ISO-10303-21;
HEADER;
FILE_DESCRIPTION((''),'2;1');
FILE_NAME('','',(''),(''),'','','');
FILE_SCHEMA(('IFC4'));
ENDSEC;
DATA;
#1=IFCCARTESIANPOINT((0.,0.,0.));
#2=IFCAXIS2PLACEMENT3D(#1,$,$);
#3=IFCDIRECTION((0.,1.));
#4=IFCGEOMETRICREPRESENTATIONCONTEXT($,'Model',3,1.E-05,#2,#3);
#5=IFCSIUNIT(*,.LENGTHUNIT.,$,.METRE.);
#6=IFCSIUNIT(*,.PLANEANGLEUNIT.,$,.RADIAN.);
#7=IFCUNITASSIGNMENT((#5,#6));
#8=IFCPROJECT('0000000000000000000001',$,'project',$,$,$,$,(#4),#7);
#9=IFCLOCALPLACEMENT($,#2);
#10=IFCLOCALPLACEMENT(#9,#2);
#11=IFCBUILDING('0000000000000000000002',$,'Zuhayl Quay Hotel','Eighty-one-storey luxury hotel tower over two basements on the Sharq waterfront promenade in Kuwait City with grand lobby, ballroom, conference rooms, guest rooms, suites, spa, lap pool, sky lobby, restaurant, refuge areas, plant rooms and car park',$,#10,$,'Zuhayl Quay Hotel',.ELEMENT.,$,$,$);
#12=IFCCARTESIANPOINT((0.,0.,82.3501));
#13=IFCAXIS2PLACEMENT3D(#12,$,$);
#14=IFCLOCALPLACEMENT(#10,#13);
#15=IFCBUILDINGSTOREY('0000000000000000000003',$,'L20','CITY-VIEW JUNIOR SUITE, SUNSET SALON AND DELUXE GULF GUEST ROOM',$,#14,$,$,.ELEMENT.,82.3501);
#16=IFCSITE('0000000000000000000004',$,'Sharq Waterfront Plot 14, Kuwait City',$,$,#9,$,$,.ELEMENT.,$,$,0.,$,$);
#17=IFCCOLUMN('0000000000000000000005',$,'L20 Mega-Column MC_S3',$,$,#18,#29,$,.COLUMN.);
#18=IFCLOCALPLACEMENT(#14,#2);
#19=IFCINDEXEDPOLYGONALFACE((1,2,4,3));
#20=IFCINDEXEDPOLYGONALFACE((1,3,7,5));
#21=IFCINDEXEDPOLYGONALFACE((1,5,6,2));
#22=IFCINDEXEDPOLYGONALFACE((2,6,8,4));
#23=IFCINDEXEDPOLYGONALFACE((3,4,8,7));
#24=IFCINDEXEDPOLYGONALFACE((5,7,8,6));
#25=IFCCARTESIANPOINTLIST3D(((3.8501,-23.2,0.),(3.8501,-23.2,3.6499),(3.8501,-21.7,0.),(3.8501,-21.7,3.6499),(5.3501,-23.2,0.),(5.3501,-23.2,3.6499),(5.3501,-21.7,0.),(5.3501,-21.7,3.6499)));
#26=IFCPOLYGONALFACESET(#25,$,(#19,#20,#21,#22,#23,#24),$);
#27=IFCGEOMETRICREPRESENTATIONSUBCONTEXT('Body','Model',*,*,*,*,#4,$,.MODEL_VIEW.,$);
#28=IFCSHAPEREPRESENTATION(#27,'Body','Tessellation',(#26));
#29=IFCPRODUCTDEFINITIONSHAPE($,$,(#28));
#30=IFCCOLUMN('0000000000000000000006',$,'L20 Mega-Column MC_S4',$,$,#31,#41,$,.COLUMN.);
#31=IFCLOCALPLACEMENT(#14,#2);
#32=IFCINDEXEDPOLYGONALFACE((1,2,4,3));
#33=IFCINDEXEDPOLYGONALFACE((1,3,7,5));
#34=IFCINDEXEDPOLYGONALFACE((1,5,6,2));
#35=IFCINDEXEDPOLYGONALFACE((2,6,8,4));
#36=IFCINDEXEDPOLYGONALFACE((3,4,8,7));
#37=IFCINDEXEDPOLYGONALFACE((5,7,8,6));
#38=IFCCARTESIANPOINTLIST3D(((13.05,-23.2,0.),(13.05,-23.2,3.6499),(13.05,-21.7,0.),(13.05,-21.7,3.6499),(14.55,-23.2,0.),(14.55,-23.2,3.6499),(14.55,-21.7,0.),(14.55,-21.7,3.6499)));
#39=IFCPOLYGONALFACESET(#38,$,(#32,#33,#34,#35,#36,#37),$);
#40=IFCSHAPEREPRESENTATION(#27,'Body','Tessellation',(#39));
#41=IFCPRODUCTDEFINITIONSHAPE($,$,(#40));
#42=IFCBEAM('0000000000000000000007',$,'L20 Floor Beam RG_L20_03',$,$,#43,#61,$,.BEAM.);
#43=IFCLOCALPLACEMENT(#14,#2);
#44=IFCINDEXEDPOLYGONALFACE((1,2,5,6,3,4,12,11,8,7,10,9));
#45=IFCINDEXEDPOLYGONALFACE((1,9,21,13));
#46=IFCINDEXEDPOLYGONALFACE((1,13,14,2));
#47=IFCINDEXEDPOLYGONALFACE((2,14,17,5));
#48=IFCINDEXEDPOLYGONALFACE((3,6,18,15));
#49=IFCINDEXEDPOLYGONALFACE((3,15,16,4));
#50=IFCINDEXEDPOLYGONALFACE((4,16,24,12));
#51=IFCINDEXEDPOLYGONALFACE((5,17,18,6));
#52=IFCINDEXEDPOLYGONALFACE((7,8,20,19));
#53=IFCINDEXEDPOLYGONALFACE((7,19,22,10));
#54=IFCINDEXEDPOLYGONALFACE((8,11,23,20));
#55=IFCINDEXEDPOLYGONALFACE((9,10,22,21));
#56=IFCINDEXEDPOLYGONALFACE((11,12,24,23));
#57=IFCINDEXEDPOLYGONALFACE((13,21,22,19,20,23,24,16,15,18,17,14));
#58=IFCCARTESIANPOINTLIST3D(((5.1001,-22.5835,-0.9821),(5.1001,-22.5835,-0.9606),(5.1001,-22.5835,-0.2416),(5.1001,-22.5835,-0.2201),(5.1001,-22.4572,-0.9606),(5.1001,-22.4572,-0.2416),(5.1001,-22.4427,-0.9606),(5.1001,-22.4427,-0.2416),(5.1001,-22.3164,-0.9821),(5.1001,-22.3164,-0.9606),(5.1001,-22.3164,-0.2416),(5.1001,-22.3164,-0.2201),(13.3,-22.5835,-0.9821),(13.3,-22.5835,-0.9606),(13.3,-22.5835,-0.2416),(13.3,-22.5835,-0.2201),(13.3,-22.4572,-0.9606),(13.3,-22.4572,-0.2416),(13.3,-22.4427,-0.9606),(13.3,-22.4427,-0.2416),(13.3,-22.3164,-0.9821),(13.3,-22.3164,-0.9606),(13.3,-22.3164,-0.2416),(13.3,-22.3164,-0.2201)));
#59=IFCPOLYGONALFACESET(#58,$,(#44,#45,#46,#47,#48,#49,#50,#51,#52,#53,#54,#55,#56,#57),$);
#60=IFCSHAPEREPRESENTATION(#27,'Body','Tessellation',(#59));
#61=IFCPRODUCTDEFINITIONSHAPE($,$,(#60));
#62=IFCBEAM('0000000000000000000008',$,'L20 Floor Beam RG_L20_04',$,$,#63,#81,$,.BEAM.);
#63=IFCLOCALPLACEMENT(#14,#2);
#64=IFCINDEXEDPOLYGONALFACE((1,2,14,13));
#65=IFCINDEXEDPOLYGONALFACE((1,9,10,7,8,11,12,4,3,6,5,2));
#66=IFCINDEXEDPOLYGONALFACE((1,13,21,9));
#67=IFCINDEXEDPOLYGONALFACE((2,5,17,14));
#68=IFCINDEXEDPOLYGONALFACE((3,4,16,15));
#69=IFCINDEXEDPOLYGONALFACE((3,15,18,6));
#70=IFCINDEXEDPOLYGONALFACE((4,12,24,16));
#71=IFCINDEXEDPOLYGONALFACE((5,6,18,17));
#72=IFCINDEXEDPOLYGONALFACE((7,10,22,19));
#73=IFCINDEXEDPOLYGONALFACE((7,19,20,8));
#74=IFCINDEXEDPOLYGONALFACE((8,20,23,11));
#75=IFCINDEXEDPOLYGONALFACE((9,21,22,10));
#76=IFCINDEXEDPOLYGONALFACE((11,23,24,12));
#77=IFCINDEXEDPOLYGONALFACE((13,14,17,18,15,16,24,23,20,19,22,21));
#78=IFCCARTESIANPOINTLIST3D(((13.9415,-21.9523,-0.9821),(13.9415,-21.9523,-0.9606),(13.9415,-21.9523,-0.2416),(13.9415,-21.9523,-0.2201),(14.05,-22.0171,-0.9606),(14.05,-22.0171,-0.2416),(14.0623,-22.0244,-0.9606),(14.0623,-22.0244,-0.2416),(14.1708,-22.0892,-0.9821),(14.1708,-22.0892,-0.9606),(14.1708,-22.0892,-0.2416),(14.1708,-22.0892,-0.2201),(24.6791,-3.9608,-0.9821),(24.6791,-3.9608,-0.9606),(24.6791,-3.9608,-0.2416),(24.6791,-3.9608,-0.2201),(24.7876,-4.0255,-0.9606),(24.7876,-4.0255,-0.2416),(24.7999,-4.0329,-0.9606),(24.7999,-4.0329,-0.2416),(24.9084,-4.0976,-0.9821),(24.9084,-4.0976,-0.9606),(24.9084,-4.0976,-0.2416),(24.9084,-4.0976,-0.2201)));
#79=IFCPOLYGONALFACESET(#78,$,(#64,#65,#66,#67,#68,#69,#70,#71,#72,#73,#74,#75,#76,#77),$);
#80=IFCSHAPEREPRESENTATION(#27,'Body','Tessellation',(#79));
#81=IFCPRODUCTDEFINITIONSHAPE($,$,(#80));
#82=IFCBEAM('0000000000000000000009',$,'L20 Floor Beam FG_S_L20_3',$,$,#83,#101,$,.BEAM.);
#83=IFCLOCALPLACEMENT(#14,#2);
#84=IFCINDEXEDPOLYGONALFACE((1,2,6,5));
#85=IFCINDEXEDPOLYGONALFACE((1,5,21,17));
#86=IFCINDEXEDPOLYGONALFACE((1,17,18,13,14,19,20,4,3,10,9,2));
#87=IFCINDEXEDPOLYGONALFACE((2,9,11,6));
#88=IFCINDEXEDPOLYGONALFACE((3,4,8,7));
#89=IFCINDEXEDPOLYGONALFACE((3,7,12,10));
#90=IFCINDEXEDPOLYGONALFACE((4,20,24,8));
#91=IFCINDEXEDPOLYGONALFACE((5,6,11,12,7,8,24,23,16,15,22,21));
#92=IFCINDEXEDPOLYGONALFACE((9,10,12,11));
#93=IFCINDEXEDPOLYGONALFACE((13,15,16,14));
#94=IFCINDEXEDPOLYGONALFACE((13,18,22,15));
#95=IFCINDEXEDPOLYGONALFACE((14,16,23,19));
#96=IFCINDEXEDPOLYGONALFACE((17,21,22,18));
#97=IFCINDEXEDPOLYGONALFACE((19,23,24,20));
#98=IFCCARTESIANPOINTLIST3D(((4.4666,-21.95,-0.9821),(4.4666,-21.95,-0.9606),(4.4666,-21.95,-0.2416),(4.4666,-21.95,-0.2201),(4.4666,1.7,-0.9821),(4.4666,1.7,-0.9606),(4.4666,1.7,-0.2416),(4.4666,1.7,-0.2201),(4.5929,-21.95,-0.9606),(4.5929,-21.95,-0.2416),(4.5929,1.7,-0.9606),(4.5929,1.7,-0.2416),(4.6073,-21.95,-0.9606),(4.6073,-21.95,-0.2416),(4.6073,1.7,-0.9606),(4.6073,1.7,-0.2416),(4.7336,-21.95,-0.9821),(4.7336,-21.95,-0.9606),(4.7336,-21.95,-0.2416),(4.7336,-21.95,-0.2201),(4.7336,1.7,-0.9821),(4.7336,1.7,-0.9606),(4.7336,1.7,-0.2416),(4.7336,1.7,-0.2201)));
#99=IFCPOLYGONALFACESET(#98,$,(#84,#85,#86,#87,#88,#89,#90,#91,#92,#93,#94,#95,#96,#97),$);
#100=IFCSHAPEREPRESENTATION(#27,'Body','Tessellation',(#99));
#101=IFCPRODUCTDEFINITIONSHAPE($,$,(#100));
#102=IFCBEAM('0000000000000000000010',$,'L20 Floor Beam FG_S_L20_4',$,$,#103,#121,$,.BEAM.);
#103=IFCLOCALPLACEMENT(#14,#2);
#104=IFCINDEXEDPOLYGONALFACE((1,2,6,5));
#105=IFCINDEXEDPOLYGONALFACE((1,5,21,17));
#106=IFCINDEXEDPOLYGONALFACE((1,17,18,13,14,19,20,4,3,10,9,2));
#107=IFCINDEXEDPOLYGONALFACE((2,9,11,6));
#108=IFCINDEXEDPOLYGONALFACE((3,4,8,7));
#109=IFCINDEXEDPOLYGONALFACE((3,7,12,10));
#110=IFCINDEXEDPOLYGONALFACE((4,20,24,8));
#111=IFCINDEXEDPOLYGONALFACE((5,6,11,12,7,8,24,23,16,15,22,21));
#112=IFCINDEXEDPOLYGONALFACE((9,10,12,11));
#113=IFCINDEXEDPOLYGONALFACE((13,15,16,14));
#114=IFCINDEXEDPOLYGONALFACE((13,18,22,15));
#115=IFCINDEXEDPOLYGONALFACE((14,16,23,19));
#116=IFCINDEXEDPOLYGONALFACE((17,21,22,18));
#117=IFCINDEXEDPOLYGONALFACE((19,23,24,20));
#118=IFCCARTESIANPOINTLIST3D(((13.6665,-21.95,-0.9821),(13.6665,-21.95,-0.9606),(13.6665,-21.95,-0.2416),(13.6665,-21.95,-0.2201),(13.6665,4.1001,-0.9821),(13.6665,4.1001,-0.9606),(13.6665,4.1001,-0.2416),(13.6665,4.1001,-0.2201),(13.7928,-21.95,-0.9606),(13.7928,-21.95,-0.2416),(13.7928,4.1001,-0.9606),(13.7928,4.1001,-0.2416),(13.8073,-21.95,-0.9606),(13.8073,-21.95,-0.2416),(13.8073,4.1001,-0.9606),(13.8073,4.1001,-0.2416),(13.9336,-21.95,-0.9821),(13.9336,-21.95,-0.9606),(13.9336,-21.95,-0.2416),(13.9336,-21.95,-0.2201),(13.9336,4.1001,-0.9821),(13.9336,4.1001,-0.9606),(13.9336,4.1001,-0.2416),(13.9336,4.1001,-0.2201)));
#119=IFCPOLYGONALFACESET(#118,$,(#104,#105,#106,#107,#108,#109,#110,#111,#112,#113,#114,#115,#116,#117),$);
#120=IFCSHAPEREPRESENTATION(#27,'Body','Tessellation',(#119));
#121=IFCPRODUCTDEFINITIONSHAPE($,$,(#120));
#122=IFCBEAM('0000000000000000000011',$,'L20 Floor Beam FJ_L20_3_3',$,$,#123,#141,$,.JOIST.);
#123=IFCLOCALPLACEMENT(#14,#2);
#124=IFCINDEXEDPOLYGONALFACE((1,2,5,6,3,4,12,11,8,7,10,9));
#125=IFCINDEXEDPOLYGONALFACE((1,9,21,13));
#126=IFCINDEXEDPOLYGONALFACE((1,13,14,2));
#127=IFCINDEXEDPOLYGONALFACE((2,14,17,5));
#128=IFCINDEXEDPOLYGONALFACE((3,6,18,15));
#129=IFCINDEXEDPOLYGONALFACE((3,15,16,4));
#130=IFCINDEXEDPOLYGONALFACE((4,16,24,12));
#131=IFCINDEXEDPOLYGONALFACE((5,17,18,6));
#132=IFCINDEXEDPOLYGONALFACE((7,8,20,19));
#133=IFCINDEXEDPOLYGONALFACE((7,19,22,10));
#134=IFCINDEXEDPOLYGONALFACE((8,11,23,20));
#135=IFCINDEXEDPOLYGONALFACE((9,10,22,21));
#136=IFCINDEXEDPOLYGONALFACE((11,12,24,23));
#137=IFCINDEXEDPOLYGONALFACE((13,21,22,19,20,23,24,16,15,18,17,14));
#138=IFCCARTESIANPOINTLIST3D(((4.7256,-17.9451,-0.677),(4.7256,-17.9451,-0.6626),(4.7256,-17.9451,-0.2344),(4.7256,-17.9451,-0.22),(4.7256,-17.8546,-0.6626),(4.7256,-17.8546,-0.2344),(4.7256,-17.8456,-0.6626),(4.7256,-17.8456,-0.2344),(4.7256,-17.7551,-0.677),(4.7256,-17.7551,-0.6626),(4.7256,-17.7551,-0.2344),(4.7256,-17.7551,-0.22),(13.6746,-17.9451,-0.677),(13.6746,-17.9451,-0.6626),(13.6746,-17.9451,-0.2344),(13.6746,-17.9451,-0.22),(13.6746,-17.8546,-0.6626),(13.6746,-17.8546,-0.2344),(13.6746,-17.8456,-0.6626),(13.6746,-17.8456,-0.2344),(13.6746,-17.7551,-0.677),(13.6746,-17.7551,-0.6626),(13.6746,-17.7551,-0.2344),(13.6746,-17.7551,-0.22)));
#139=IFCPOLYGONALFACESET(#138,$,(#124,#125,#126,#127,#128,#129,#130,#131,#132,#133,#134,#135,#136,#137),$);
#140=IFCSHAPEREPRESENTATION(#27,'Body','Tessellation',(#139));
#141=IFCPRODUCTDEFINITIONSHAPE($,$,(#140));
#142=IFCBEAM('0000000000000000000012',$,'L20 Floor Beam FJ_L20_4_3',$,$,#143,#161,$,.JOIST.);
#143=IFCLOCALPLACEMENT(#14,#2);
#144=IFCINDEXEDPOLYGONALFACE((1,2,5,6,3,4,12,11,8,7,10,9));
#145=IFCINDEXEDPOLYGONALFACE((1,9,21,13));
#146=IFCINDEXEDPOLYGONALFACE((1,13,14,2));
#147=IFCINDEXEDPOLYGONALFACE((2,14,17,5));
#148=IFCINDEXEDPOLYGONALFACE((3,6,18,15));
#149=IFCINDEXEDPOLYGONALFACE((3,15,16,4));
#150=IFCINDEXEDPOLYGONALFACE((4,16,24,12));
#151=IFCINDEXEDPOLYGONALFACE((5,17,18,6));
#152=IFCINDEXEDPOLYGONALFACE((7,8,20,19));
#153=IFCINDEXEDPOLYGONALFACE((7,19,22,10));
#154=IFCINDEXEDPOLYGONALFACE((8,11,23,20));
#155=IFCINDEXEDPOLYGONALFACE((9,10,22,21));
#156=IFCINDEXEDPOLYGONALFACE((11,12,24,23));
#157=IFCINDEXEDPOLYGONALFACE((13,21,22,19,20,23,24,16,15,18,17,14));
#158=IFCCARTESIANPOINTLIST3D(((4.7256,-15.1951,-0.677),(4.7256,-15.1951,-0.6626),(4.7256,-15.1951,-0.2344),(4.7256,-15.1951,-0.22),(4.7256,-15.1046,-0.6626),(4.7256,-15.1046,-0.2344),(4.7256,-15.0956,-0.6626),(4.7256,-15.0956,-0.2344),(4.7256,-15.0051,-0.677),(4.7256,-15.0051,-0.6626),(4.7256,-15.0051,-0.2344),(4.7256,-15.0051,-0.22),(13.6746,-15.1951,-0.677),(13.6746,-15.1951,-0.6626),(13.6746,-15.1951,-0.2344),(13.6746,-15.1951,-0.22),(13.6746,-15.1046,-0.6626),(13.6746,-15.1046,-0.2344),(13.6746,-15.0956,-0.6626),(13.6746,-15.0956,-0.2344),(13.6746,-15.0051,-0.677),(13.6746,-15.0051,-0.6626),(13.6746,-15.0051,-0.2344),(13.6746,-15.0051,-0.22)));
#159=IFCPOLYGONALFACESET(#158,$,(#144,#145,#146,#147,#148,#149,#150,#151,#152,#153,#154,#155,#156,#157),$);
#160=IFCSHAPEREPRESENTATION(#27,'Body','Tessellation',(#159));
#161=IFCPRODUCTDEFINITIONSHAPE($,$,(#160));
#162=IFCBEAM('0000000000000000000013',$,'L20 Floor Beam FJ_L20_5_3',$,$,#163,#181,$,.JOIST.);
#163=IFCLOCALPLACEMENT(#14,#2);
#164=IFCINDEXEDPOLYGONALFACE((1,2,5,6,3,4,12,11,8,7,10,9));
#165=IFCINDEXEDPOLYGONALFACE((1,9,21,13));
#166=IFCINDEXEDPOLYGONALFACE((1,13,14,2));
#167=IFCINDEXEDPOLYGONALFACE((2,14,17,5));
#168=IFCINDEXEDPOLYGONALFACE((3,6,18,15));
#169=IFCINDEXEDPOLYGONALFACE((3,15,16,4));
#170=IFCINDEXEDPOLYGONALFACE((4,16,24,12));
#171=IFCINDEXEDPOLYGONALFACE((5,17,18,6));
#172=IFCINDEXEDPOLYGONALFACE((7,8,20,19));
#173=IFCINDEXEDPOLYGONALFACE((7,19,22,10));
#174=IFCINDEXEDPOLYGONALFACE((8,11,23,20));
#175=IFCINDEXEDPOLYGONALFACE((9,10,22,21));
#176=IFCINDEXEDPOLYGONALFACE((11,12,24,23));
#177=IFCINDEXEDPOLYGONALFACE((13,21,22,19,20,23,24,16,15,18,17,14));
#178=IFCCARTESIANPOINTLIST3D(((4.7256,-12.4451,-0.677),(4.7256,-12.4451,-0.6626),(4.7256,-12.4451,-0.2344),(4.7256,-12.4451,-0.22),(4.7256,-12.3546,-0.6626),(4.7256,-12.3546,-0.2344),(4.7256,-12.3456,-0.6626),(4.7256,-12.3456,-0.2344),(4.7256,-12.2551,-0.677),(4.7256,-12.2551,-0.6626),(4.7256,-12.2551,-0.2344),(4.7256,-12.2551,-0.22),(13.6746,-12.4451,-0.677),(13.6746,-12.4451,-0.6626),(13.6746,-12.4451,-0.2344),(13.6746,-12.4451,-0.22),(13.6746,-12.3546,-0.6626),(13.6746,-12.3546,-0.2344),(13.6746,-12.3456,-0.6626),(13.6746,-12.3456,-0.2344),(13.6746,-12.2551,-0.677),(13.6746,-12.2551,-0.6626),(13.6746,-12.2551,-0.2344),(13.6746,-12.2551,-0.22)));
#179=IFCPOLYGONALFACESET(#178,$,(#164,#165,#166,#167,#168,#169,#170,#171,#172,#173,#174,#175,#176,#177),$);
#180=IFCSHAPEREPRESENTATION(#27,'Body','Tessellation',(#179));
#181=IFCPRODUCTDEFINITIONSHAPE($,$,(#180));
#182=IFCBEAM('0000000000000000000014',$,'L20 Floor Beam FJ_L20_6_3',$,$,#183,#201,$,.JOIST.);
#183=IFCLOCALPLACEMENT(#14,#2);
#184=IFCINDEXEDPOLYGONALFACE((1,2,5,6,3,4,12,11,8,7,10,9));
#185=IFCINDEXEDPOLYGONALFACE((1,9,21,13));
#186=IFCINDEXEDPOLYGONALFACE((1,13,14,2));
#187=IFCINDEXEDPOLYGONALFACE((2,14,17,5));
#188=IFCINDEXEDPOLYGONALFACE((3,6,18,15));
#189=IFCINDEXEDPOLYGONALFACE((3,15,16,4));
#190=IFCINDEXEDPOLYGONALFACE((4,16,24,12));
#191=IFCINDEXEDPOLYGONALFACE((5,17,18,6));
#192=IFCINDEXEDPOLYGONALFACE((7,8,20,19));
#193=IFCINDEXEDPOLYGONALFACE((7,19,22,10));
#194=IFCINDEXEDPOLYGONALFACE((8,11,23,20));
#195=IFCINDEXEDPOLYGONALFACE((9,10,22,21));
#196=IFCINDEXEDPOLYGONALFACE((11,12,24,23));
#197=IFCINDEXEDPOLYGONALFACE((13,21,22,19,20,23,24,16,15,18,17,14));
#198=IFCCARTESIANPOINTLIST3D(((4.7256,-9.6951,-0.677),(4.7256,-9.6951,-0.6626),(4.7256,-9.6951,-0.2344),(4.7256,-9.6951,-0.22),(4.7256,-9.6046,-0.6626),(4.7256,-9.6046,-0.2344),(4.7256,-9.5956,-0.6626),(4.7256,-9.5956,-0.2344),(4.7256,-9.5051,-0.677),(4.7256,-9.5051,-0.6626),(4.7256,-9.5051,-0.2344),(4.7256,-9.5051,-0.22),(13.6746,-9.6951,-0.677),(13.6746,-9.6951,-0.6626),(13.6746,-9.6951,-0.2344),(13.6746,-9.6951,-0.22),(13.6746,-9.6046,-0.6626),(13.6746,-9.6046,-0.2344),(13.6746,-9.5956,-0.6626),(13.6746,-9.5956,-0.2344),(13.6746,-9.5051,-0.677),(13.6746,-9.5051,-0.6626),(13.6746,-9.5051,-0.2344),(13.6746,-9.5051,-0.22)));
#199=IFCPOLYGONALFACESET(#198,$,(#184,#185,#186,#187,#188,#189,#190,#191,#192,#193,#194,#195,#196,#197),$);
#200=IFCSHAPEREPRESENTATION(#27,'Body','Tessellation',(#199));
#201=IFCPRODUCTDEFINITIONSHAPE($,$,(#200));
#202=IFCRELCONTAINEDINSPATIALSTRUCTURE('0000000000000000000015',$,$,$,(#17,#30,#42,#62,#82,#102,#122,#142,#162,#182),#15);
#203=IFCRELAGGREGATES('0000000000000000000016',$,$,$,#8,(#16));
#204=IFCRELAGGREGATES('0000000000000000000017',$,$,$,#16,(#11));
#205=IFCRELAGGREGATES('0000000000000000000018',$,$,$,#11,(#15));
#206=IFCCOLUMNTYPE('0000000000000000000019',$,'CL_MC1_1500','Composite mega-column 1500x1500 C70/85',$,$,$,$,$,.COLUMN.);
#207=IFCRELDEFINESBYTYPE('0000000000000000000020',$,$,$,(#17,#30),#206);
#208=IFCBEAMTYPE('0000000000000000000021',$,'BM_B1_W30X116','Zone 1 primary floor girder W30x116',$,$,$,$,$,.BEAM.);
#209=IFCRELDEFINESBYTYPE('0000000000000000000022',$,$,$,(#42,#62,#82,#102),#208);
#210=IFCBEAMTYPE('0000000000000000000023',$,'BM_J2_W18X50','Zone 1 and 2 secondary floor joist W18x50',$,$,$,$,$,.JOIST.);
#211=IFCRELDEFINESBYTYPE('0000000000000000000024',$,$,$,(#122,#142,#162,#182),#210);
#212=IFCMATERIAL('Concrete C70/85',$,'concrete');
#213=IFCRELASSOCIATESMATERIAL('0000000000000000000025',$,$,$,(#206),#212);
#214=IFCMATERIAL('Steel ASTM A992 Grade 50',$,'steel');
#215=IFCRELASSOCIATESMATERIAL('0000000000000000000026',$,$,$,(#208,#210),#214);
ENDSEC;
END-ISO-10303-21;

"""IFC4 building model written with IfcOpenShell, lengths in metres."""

from ifc_helpers import new_model, si_unit, direction, frame, origin, origin_2d, place, context, subcontext, project, spatial, rectangle, i_section, extrude, material, material_profile, profile_set, type_object, element, save


model = new_model("IFC4")

# Units and contexts
model_context = context("Model", 3, precision=1e-05, world=origin(), true_north=direction((0.0, 1.0)))
body_context = subcontext(model_context, "Body", "Model", "MODEL_VIEW")
ifc_project = project(units=[si_unit("LENGTHUNIT", "METRE"), si_unit("PLANEANGLEUNIT", "RADIAN")], contexts=[model_context])

# Site, building, storey
site_placement = place(None, origin())
site = spatial("IfcSite", under=ifc_project, at=site_placement, Name="Sharq Waterfront Plot 14, Kuwait City", CompositionType="ELEMENT", RefElevation=0.0)
building_placement = place(site_placement, origin())
building = spatial("IfcBuilding", under=site, at=building_placement, Name="Zuhayl Quay Hotel", Description="Eighty-one-storey luxury hotel tower over two basements on the Sharq waterfront promenade in Kuwait City with grand lobby, ballroom, conference rooms, guest rooms, suites, spa, lap pool, sky lobby, restaurant, refuge areas, plant rooms and car park", LongName="Zuhayl Quay Hotel", CompositionType="ELEMENT")
storey_placement = place(building_placement, frame((0.0, 0.0, 82.3501)))
storey = spatial("IfcBuildingStorey", under=building, at=storey_placement, Name="L20", Description="CITY-VIEW JUNIOR SUITE, SUNSET SALON AND DELUXE GULF GUEST ROOM", CompositionType="ELEMENT", Elevation=82.3501)

# Columns
ifc_material_1 = material(Name="Concrete C70/85", Category="concrete")
ifc_material_profile_1 = material_profile(ifc_material_1, rectangle(XDim=1.5, YDim=1.5, at=origin_2d()), Name="RC1500X1500")
ifc_profile_set_1 = profile_set([ifc_material_profile_1], Name="Concrete C70/85")
column_type = type_object("IfcColumnType", Name="CL_MC1_1500", Description="Composite mega-column 1500x1500 C70/85", PredefinedType="COLUMN", material=ifc_profile_set_1)
for number, where, z_axis, x_axis, name in (
    (1, (4.6001, -22.45, 0.0), (0.0, 0.0, 1.0), (1.0, 0.0, 0.0), "L20 Mega-Column MC_S3"),
    (2, (13.8, -22.45, 0.0), (0.0, 0.0, 1.0), (1.0, 0.0, 0.0), "L20 Mega-Column MC_S4"),
):
    element("IfcColumn", number, at=place(storey_placement, frame(where, z_axis=z_axis, x_axis=x_axis)), inside=storey, type_object=column_type, Name=name, PredefinedType="COLUMN", context=body_context, shape_type="SweptSolid", body=[
        extrude(rectangle(XDim=1.5, YDim=1.5, at=origin_2d()), origin(), (0.0, 0.0, 1.0), 3.6499),
    ])

# Beams
ifc_material_2 = material(Name="Steel ASTM A992 Grade 50", Category="steel")
ifc_material_profile_2 = material_profile(ifc_material_2, i_section(OverallWidth=0.2671, OverallDepth=0.762, WebThickness=0.0144, FlangeThickness=0.0215, at=origin_2d()), Name="W30X116")
ifc_profile_set_2 = profile_set([ifc_material_profile_2], Name="Steel ASTM A992 Grade 50")
beam_type_1 = type_object("IfcBeamType", Name="BM_B1_W30X116", Description="Zone 1 primary floor girder W30x116", PredefinedType="BEAM", material=ifc_profile_set_2)
beam_1_placement = place(storey_placement, frame((5.1001, -22.45, -0.6011), z_axis=(1.0, 0.0, 0.0), x_axis=(0.0, 1.0, 0.0)))
element("IfcBeam", 3, at=beam_1_placement, inside=storey, type_object=beam_type_1, Name="L20 Floor Beam RG_L20_03", PredefinedType="BEAM", context=body_context, shape_type="SweptSolid", body=[
    extrude(i_section(OverallWidth=0.2671, OverallDepth=0.762, WebThickness=0.0144, FlangeThickness=0.0215, at=origin_2d()), origin(), (0.0, 0.0, 1.0), 8.2),
])
beam_2_placement = place(storey_placement, frame((14.0562, -22.0208, -0.6011), z_axis=(0.512483, 0.858698, 0.0), x_axis=(-0.858698, 0.512483, 0.0)))
element("IfcBeam", 4, at=beam_2_placement, inside=storey, type_object=beam_type_1, Name="L20 Floor Beam RG_L20_04", PredefinedType="BEAM", context=body_context, shape_type="SweptSolid", body=[
    extrude(i_section(OverallWidth=0.2671, OverallDepth=0.762, WebThickness=0.0144, FlangeThickness=0.0215, at=origin_2d()), origin(), (0.0, 0.0, 1.0), 20.9521),
])
beam_3_placement = place(storey_placement, frame((4.6001, -21.95, -0.6011), z_axis=(0.0, 1.0, 0.0), x_axis=(-1.0, 0.0, 0.0)))
element("IfcBeam", 5, at=beam_3_placement, inside=storey, type_object=beam_type_1, Name="L20 Floor Beam FG_S_L20_3", PredefinedType="BEAM", context=body_context, shape_type="SweptSolid", body=[
    extrude(i_section(OverallWidth=0.2671, OverallDepth=0.762, WebThickness=0.0144, FlangeThickness=0.0215, at=origin_2d()), origin(), (0.0, 0.0, 1.0), 23.6499),
])
beam_4_placement = place(storey_placement, frame((13.8, -21.95, -0.6011), z_axis=(0.0, 1.0, 0.0), x_axis=(-1.0, 0.0, 0.0)))
element("IfcBeam", 6, at=beam_4_placement, inside=storey, type_object=beam_type_1, Name="L20 Floor Beam FG_S_L20_4", PredefinedType="BEAM", context=body_context, shape_type="SweptSolid", body=[
    extrude(i_section(OverallWidth=0.2671, OverallDepth=0.762, WebThickness=0.0144, FlangeThickness=0.0215, at=origin_2d()), origin(), (0.0, 0.0, 1.0), 26.05),
])
ifc_material_profile_3 = material_profile(ifc_material_2, i_section(OverallWidth=0.1899, OverallDepth=0.457, WebThickness=0.009, FlangeThickness=0.0144, at=origin_2d()), Name="W18X50")
ifc_profile_set_3 = profile_set([ifc_material_profile_3], Name="Steel ASTM A992 Grade 50")
beam_type_2 = type_object("IfcBeamType", Name="BM_J2_W18X50", Description="Zone 1 and 2 secondary floor joist W18x50", PredefinedType="JOIST", material=ifc_profile_set_3)
for number, where, z_axis, x_axis, name in (
    (7, (4.7256, -17.8501, -0.4485), (1.0, 0.0, 0.0), (0.0, 1.0, 0.0), "L20 Floor Beam FJ_L20_3_3"),
    (8, (4.7256, -15.1001, -0.4485), (1.0, 0.0, 0.0), (0.0, 1.0, 0.0), "L20 Floor Beam FJ_L20_4_3"),
    (9, (4.7256, -12.3501, -0.4485), (1.0, 0.0, 0.0), (0.0, 1.0, 0.0), "L20 Floor Beam FJ_L20_5_3"),
    (10, (4.7256, -9.6001, -0.4485), (1.0, 0.0, 0.0), (0.0, 1.0, 0.0), "L20 Floor Beam FJ_L20_6_3"),
):
    element("IfcBeam", number, at=place(storey_placement, frame(where, z_axis=z_axis, x_axis=x_axis)), inside=storey, type_object=beam_type_2, Name=name, PredefinedType="JOIST", context=body_context, shape_type="SweptSolid", body=[
        extrude(i_section(OverallWidth=0.1899, OverallDepth=0.457, WebThickness=0.009, FlangeThickness=0.0144, at=origin_2d()), origin(), (0.0, 0.0, 1.0), 8.949),
    ])

save(model, "model.ifc")
